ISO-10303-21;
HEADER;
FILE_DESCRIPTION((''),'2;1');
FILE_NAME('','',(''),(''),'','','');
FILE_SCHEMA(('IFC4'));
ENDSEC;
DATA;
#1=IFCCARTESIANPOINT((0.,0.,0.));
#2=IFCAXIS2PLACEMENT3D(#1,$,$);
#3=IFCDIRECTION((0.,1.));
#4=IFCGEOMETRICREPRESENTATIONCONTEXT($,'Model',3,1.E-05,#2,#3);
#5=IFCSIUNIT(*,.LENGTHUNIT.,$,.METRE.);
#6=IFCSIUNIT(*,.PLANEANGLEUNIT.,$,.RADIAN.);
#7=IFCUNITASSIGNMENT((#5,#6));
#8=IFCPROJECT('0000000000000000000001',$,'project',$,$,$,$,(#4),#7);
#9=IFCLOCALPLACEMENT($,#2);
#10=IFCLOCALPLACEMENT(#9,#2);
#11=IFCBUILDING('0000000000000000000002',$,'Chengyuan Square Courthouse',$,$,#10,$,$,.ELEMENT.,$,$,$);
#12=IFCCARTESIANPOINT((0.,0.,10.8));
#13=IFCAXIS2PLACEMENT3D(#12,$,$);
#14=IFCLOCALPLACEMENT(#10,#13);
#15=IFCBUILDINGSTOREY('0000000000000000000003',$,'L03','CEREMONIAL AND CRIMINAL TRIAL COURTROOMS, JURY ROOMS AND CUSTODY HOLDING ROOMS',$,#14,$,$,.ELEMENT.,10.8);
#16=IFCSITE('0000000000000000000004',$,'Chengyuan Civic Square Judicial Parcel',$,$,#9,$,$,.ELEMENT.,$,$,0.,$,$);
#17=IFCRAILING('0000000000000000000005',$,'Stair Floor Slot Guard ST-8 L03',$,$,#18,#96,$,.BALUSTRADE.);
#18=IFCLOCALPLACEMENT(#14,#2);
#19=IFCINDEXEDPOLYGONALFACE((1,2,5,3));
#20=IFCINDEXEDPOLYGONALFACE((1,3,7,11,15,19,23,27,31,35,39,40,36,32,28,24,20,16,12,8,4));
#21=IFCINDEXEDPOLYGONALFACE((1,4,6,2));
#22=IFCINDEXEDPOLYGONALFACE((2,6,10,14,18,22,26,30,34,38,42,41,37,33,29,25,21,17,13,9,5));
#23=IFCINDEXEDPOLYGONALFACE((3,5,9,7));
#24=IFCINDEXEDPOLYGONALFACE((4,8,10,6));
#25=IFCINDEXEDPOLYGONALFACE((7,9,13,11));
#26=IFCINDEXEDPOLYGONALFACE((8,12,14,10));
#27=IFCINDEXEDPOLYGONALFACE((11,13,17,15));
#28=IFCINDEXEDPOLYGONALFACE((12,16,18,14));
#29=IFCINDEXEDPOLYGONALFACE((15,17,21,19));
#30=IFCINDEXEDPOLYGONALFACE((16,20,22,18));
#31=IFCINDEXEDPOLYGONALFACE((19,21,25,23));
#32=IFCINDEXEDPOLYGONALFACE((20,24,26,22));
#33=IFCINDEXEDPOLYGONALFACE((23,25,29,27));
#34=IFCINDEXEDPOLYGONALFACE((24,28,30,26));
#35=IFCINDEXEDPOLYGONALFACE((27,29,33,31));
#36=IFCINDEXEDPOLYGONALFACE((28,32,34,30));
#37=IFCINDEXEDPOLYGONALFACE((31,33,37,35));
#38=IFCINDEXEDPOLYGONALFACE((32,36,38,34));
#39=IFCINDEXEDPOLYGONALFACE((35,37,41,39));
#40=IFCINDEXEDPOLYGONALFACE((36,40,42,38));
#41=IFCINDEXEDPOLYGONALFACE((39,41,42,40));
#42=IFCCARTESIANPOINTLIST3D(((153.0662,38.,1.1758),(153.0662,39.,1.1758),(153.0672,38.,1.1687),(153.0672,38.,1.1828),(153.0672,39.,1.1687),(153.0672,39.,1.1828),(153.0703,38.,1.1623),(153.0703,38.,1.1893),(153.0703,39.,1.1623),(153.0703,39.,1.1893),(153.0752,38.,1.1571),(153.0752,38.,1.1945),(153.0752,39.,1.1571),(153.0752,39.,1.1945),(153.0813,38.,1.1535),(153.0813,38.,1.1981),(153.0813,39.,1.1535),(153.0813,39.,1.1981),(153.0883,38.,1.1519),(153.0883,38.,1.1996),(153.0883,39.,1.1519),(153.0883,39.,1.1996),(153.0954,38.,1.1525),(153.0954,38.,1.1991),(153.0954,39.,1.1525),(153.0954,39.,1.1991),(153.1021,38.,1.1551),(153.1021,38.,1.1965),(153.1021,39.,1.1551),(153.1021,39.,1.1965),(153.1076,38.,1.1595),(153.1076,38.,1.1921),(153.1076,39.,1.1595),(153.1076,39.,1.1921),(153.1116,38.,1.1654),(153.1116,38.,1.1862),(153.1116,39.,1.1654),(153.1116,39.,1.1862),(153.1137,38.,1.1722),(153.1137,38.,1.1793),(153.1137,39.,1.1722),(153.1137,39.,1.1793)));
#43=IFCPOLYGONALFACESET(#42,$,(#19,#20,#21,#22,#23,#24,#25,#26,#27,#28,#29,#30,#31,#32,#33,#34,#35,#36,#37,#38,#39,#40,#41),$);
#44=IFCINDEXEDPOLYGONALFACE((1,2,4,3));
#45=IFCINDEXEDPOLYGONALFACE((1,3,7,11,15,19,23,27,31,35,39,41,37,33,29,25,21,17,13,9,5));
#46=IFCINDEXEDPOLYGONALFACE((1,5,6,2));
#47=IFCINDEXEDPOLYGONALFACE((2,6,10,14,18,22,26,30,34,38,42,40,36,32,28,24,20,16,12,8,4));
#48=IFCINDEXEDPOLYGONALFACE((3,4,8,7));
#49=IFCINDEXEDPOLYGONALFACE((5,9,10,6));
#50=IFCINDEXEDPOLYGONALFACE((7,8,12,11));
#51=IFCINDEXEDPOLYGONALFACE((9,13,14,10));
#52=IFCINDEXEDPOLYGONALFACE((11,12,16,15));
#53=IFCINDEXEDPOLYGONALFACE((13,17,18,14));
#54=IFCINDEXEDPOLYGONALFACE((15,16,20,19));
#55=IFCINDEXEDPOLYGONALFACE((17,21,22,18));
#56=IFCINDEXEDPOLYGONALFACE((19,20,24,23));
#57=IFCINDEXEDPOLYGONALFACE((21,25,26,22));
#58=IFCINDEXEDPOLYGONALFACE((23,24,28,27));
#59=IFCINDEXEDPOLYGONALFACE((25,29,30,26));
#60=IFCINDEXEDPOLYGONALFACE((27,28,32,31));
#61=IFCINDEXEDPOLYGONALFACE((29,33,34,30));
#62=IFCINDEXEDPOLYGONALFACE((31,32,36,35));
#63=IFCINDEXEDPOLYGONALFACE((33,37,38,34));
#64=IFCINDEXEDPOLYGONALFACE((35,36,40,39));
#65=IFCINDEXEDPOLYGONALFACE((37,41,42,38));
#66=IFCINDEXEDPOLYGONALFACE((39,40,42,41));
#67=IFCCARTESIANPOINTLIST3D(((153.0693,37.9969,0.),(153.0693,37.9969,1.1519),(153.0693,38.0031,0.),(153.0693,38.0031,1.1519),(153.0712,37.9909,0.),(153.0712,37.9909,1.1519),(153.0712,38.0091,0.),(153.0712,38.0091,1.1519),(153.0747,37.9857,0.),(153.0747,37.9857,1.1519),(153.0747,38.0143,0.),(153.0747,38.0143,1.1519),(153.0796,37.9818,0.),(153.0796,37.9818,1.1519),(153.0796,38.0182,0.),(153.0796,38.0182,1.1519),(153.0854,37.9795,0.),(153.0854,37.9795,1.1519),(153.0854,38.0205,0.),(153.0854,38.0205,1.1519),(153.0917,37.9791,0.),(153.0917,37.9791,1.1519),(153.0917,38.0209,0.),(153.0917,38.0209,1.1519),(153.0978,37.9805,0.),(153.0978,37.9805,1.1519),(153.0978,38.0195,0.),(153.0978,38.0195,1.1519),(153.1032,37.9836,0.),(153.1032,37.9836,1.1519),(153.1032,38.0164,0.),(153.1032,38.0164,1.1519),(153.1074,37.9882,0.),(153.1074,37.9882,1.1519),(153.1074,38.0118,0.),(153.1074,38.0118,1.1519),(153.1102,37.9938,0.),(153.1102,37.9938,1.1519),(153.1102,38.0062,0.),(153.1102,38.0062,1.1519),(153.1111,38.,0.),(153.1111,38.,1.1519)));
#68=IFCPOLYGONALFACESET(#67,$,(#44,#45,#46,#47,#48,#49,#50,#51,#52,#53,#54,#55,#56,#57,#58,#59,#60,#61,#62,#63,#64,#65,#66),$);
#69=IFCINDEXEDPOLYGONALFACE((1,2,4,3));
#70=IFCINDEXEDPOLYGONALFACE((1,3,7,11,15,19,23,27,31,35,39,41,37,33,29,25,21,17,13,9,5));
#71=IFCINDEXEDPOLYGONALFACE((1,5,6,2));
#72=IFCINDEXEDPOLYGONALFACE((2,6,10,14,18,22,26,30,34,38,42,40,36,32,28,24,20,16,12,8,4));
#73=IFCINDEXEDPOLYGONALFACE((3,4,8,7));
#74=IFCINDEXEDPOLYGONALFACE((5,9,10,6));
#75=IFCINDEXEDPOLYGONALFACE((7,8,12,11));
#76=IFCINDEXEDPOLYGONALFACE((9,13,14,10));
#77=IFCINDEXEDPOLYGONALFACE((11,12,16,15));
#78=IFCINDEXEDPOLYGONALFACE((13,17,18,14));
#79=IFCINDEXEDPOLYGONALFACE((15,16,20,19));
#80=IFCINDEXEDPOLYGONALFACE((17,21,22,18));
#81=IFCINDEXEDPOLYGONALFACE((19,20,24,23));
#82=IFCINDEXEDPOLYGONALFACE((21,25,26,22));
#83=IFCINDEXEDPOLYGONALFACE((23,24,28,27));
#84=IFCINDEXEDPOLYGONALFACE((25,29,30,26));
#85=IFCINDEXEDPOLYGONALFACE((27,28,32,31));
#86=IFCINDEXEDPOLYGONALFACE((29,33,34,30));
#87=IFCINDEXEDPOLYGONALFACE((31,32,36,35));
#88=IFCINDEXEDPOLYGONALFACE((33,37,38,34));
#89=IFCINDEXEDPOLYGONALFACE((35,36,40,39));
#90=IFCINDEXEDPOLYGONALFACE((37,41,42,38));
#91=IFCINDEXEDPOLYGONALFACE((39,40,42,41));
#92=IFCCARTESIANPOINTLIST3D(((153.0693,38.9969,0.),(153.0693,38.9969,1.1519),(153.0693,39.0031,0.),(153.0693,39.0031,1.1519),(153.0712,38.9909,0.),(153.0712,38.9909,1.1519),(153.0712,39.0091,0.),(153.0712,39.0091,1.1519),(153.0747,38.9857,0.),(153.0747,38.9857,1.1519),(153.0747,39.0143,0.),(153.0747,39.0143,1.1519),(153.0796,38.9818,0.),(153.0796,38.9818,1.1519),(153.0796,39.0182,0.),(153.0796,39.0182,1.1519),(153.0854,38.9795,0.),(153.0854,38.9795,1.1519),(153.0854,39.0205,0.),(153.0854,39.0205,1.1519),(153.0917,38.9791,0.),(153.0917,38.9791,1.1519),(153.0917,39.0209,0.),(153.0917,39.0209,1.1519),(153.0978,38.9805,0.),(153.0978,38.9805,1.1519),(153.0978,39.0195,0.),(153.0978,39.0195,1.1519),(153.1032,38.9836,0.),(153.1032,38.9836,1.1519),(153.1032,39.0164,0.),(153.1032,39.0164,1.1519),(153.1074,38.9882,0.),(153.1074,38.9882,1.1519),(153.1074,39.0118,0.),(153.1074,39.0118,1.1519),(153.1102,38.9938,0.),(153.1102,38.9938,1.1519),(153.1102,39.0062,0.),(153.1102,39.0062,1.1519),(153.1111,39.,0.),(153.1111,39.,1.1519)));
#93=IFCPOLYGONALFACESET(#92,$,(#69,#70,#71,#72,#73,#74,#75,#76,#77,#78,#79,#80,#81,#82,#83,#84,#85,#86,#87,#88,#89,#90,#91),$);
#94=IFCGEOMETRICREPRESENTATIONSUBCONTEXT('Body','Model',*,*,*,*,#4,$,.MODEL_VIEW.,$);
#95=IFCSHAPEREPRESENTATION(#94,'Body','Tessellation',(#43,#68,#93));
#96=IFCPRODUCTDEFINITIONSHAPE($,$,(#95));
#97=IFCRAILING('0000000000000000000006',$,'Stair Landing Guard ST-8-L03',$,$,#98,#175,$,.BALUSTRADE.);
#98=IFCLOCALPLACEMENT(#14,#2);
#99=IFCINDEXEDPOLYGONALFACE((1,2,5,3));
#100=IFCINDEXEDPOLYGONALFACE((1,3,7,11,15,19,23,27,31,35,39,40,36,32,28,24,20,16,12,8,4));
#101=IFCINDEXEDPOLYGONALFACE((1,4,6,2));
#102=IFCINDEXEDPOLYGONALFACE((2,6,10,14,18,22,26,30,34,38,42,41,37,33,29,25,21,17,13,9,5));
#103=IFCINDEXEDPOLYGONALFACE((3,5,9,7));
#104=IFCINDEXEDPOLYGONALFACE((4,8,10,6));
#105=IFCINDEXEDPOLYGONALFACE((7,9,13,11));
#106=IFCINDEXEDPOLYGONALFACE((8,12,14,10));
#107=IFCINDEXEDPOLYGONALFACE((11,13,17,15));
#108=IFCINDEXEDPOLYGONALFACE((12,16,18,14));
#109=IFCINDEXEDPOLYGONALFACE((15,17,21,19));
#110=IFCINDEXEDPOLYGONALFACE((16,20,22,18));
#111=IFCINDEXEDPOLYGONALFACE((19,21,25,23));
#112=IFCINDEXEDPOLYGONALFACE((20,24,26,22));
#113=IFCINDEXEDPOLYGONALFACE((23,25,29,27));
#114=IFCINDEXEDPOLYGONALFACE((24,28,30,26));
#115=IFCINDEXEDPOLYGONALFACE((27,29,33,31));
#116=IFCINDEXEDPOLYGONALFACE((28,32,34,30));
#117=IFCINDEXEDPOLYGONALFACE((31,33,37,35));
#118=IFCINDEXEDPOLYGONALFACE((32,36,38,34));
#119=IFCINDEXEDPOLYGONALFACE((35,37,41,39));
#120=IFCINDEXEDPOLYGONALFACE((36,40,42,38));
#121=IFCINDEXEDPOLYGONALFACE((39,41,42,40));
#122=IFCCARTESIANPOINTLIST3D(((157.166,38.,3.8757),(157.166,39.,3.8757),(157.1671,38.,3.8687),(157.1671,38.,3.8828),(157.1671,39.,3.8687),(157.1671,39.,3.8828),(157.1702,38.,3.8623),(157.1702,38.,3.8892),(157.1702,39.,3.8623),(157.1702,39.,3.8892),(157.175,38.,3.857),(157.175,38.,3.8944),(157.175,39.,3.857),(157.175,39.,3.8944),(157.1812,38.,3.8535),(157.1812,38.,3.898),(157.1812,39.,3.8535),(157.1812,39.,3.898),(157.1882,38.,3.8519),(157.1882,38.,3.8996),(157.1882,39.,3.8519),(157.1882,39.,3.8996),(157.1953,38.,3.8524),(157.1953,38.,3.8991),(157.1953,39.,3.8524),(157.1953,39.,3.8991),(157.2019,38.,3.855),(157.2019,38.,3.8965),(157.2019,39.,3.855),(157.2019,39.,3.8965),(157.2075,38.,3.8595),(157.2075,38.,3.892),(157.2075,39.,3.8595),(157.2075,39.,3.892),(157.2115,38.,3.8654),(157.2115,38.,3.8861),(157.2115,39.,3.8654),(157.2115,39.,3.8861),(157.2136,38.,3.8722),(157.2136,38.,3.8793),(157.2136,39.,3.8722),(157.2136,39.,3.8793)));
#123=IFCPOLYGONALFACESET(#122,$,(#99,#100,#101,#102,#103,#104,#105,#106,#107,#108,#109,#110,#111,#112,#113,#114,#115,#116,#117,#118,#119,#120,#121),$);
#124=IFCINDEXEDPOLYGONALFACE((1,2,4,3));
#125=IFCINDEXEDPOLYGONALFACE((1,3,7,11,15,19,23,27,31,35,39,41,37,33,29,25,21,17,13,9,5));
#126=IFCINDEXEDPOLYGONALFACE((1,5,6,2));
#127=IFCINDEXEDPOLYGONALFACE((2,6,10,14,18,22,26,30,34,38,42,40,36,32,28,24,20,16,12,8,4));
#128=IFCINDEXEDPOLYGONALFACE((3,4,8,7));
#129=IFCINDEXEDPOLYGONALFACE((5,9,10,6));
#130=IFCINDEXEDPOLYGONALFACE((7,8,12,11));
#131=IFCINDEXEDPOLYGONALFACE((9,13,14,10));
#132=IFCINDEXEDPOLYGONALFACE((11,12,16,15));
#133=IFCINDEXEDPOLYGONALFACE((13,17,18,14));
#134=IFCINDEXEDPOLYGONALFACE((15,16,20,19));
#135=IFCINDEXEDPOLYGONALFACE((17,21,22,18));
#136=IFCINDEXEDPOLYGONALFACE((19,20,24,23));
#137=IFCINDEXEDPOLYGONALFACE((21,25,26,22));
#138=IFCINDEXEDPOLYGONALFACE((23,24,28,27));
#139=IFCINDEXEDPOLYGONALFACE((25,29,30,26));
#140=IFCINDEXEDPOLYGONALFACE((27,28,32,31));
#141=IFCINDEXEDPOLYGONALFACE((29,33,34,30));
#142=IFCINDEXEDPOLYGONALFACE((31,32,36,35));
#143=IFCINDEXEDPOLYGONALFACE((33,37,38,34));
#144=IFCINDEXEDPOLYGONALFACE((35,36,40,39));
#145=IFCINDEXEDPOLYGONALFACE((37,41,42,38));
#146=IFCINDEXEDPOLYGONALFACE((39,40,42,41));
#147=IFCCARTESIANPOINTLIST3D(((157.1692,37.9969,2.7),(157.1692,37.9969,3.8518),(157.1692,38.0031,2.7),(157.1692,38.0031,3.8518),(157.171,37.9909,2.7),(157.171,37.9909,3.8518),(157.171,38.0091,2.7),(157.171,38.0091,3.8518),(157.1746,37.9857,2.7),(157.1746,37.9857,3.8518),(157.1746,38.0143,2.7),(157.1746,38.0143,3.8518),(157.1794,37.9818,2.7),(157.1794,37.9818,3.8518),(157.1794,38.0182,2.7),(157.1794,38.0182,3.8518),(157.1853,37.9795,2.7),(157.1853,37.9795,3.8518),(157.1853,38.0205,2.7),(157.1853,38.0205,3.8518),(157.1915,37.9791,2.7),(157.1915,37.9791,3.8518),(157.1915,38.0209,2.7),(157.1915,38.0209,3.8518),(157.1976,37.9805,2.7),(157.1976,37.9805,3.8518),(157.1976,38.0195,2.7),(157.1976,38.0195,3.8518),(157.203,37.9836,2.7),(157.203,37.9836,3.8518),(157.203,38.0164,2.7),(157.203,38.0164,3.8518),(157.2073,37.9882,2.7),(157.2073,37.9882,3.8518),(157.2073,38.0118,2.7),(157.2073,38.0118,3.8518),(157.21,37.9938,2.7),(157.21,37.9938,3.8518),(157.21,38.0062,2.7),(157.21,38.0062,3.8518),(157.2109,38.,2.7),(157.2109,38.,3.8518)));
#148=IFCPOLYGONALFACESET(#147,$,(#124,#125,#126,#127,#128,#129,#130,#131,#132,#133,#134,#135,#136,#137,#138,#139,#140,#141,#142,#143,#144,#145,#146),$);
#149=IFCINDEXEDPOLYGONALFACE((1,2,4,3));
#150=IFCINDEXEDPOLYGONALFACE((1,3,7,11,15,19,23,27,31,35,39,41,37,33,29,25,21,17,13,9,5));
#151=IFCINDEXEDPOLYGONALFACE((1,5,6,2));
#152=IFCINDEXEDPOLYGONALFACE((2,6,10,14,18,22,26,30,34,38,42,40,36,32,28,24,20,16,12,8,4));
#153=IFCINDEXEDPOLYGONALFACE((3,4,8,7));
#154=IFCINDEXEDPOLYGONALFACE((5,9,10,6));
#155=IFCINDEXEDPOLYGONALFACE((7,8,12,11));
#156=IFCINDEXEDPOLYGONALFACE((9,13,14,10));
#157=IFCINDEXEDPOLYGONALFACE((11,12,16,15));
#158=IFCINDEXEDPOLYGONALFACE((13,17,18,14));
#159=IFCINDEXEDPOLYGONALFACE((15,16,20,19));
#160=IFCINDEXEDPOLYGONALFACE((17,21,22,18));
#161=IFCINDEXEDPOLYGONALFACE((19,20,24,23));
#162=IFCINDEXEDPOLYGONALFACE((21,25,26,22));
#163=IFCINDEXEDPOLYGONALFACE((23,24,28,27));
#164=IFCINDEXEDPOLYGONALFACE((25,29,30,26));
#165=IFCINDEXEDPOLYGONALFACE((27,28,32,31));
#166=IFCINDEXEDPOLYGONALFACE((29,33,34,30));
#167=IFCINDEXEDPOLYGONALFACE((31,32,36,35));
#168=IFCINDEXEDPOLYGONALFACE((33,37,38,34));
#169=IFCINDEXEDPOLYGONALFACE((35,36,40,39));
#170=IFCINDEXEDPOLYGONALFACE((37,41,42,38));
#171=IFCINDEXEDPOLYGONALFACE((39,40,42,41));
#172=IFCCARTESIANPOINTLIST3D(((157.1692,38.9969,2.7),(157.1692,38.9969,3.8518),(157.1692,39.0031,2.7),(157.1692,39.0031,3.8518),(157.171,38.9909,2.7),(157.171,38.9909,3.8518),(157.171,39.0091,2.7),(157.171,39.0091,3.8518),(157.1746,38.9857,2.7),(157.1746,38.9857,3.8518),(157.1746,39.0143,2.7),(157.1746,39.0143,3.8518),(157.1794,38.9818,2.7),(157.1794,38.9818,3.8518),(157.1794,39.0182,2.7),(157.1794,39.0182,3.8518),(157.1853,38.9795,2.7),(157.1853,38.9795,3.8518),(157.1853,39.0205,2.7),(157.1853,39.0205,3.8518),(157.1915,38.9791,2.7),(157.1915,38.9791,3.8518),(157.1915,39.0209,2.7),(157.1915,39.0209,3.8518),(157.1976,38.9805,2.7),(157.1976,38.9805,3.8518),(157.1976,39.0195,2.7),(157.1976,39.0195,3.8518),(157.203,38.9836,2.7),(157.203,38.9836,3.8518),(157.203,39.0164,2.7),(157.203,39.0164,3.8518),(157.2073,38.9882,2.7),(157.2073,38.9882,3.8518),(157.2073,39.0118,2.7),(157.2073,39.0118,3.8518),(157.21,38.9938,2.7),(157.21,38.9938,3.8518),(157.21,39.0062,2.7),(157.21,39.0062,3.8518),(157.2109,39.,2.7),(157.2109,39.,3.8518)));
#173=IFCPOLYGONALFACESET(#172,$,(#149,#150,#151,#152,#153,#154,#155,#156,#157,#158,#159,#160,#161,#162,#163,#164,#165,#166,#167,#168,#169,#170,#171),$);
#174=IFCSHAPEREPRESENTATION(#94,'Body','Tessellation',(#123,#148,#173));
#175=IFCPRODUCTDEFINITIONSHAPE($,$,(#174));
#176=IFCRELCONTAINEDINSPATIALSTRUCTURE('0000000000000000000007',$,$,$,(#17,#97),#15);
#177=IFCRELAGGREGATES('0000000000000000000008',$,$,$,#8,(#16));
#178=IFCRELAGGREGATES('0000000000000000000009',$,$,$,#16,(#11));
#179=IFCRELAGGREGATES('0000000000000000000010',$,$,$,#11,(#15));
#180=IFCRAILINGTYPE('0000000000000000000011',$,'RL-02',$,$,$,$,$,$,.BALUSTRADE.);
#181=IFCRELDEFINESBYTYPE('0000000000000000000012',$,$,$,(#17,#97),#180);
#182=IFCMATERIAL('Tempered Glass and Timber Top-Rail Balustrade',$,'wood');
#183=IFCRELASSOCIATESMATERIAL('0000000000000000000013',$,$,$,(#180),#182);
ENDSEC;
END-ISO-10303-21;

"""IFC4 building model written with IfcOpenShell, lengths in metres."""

from ifc_helpers import new_model, si_unit, direction, frame, origin, origin_2d, place, context, subcontext, project, spatial, circle, extrude, material, type_object, element, save


model = new_model("IFC4")

# Units and contexts
model_context = context("Model", 3, precision=1e-05, world=origin(), true_north=direction((0.0, 1.0)))
body_context = subcontext(model_context, "Body", "Model", "MODEL_VIEW")
ifc_project = project(units=[si_unit("LENGTHUNIT", "METRE"), si_unit("PLANEANGLEUNIT", "RADIAN")], contexts=[model_context])

# Site, building, storey
site_placement = place(None, origin())
site = spatial("IfcSite", under=ifc_project, at=site_placement, Name="Chengyuan Civic Square Judicial Parcel", CompositionType="ELEMENT", RefElevation=0.0)
building_placement = place(site_placement, origin())
building = spatial("IfcBuilding", under=site, at=building_placement, Name="Chengyuan Square Courthouse", CompositionType="ELEMENT")
storey_placement = place(building_placement, frame((0.0, 0.0, 10.8)))
storey = spatial("IfcBuildingStorey", under=building, at=storey_placement, Name="L03", Description="CEREMONIAL AND CRIMINAL TRIAL COURTROOMS, JURY ROOMS AND CUSTODY HOLDING ROOMS", CompositionType="ELEMENT", Elevation=10.8)

# Railings
ifc_material_1 = material(Name="Tempered Glass and Timber Top-Rail Balustrade", Category="wood")
railing_type_1 = type_object("IfcRailingType", Name="RL-02", PredefinedType="BALUSTRADE", material=ifc_material_1)
for number, where, name in (
    (1, (153.0901, 38.0, 0.0), "Stair Floor Slot Guard ST-8 L03"),
    (2, (157.1899, 38.0, 2.7), "Stair Landing Guard ST-8-L03"),
):
    element("IfcRailing", number, at=place(storey_placement, frame(where)), inside=storey, type_object=railing_type_1, Name=name, PredefinedType="BALUSTRADE", context=body_context, shape_type="SweptSolid", body=[
        extrude(circle(Radius=0.0239, at=origin_2d()), frame((0.0, 0.0, 1.1758), z_axis=(0.0, 1.0, 0.0), x_axis=(-1.0, 0.0, 0.0)), (0.0, 0.0, 1.0), 1.0),
        extrude(circle(Radius=0.021, at=origin_2d()), origin(), (0.0, 0.0, 1.0), 1.1519),
        extrude(circle(Radius=0.021, at=origin_2d()), frame((0.0, 1.0, 0.0)), (0.0, 0.0, 1.0), 1.1519),
    ])

save(model, "model.ifc")
